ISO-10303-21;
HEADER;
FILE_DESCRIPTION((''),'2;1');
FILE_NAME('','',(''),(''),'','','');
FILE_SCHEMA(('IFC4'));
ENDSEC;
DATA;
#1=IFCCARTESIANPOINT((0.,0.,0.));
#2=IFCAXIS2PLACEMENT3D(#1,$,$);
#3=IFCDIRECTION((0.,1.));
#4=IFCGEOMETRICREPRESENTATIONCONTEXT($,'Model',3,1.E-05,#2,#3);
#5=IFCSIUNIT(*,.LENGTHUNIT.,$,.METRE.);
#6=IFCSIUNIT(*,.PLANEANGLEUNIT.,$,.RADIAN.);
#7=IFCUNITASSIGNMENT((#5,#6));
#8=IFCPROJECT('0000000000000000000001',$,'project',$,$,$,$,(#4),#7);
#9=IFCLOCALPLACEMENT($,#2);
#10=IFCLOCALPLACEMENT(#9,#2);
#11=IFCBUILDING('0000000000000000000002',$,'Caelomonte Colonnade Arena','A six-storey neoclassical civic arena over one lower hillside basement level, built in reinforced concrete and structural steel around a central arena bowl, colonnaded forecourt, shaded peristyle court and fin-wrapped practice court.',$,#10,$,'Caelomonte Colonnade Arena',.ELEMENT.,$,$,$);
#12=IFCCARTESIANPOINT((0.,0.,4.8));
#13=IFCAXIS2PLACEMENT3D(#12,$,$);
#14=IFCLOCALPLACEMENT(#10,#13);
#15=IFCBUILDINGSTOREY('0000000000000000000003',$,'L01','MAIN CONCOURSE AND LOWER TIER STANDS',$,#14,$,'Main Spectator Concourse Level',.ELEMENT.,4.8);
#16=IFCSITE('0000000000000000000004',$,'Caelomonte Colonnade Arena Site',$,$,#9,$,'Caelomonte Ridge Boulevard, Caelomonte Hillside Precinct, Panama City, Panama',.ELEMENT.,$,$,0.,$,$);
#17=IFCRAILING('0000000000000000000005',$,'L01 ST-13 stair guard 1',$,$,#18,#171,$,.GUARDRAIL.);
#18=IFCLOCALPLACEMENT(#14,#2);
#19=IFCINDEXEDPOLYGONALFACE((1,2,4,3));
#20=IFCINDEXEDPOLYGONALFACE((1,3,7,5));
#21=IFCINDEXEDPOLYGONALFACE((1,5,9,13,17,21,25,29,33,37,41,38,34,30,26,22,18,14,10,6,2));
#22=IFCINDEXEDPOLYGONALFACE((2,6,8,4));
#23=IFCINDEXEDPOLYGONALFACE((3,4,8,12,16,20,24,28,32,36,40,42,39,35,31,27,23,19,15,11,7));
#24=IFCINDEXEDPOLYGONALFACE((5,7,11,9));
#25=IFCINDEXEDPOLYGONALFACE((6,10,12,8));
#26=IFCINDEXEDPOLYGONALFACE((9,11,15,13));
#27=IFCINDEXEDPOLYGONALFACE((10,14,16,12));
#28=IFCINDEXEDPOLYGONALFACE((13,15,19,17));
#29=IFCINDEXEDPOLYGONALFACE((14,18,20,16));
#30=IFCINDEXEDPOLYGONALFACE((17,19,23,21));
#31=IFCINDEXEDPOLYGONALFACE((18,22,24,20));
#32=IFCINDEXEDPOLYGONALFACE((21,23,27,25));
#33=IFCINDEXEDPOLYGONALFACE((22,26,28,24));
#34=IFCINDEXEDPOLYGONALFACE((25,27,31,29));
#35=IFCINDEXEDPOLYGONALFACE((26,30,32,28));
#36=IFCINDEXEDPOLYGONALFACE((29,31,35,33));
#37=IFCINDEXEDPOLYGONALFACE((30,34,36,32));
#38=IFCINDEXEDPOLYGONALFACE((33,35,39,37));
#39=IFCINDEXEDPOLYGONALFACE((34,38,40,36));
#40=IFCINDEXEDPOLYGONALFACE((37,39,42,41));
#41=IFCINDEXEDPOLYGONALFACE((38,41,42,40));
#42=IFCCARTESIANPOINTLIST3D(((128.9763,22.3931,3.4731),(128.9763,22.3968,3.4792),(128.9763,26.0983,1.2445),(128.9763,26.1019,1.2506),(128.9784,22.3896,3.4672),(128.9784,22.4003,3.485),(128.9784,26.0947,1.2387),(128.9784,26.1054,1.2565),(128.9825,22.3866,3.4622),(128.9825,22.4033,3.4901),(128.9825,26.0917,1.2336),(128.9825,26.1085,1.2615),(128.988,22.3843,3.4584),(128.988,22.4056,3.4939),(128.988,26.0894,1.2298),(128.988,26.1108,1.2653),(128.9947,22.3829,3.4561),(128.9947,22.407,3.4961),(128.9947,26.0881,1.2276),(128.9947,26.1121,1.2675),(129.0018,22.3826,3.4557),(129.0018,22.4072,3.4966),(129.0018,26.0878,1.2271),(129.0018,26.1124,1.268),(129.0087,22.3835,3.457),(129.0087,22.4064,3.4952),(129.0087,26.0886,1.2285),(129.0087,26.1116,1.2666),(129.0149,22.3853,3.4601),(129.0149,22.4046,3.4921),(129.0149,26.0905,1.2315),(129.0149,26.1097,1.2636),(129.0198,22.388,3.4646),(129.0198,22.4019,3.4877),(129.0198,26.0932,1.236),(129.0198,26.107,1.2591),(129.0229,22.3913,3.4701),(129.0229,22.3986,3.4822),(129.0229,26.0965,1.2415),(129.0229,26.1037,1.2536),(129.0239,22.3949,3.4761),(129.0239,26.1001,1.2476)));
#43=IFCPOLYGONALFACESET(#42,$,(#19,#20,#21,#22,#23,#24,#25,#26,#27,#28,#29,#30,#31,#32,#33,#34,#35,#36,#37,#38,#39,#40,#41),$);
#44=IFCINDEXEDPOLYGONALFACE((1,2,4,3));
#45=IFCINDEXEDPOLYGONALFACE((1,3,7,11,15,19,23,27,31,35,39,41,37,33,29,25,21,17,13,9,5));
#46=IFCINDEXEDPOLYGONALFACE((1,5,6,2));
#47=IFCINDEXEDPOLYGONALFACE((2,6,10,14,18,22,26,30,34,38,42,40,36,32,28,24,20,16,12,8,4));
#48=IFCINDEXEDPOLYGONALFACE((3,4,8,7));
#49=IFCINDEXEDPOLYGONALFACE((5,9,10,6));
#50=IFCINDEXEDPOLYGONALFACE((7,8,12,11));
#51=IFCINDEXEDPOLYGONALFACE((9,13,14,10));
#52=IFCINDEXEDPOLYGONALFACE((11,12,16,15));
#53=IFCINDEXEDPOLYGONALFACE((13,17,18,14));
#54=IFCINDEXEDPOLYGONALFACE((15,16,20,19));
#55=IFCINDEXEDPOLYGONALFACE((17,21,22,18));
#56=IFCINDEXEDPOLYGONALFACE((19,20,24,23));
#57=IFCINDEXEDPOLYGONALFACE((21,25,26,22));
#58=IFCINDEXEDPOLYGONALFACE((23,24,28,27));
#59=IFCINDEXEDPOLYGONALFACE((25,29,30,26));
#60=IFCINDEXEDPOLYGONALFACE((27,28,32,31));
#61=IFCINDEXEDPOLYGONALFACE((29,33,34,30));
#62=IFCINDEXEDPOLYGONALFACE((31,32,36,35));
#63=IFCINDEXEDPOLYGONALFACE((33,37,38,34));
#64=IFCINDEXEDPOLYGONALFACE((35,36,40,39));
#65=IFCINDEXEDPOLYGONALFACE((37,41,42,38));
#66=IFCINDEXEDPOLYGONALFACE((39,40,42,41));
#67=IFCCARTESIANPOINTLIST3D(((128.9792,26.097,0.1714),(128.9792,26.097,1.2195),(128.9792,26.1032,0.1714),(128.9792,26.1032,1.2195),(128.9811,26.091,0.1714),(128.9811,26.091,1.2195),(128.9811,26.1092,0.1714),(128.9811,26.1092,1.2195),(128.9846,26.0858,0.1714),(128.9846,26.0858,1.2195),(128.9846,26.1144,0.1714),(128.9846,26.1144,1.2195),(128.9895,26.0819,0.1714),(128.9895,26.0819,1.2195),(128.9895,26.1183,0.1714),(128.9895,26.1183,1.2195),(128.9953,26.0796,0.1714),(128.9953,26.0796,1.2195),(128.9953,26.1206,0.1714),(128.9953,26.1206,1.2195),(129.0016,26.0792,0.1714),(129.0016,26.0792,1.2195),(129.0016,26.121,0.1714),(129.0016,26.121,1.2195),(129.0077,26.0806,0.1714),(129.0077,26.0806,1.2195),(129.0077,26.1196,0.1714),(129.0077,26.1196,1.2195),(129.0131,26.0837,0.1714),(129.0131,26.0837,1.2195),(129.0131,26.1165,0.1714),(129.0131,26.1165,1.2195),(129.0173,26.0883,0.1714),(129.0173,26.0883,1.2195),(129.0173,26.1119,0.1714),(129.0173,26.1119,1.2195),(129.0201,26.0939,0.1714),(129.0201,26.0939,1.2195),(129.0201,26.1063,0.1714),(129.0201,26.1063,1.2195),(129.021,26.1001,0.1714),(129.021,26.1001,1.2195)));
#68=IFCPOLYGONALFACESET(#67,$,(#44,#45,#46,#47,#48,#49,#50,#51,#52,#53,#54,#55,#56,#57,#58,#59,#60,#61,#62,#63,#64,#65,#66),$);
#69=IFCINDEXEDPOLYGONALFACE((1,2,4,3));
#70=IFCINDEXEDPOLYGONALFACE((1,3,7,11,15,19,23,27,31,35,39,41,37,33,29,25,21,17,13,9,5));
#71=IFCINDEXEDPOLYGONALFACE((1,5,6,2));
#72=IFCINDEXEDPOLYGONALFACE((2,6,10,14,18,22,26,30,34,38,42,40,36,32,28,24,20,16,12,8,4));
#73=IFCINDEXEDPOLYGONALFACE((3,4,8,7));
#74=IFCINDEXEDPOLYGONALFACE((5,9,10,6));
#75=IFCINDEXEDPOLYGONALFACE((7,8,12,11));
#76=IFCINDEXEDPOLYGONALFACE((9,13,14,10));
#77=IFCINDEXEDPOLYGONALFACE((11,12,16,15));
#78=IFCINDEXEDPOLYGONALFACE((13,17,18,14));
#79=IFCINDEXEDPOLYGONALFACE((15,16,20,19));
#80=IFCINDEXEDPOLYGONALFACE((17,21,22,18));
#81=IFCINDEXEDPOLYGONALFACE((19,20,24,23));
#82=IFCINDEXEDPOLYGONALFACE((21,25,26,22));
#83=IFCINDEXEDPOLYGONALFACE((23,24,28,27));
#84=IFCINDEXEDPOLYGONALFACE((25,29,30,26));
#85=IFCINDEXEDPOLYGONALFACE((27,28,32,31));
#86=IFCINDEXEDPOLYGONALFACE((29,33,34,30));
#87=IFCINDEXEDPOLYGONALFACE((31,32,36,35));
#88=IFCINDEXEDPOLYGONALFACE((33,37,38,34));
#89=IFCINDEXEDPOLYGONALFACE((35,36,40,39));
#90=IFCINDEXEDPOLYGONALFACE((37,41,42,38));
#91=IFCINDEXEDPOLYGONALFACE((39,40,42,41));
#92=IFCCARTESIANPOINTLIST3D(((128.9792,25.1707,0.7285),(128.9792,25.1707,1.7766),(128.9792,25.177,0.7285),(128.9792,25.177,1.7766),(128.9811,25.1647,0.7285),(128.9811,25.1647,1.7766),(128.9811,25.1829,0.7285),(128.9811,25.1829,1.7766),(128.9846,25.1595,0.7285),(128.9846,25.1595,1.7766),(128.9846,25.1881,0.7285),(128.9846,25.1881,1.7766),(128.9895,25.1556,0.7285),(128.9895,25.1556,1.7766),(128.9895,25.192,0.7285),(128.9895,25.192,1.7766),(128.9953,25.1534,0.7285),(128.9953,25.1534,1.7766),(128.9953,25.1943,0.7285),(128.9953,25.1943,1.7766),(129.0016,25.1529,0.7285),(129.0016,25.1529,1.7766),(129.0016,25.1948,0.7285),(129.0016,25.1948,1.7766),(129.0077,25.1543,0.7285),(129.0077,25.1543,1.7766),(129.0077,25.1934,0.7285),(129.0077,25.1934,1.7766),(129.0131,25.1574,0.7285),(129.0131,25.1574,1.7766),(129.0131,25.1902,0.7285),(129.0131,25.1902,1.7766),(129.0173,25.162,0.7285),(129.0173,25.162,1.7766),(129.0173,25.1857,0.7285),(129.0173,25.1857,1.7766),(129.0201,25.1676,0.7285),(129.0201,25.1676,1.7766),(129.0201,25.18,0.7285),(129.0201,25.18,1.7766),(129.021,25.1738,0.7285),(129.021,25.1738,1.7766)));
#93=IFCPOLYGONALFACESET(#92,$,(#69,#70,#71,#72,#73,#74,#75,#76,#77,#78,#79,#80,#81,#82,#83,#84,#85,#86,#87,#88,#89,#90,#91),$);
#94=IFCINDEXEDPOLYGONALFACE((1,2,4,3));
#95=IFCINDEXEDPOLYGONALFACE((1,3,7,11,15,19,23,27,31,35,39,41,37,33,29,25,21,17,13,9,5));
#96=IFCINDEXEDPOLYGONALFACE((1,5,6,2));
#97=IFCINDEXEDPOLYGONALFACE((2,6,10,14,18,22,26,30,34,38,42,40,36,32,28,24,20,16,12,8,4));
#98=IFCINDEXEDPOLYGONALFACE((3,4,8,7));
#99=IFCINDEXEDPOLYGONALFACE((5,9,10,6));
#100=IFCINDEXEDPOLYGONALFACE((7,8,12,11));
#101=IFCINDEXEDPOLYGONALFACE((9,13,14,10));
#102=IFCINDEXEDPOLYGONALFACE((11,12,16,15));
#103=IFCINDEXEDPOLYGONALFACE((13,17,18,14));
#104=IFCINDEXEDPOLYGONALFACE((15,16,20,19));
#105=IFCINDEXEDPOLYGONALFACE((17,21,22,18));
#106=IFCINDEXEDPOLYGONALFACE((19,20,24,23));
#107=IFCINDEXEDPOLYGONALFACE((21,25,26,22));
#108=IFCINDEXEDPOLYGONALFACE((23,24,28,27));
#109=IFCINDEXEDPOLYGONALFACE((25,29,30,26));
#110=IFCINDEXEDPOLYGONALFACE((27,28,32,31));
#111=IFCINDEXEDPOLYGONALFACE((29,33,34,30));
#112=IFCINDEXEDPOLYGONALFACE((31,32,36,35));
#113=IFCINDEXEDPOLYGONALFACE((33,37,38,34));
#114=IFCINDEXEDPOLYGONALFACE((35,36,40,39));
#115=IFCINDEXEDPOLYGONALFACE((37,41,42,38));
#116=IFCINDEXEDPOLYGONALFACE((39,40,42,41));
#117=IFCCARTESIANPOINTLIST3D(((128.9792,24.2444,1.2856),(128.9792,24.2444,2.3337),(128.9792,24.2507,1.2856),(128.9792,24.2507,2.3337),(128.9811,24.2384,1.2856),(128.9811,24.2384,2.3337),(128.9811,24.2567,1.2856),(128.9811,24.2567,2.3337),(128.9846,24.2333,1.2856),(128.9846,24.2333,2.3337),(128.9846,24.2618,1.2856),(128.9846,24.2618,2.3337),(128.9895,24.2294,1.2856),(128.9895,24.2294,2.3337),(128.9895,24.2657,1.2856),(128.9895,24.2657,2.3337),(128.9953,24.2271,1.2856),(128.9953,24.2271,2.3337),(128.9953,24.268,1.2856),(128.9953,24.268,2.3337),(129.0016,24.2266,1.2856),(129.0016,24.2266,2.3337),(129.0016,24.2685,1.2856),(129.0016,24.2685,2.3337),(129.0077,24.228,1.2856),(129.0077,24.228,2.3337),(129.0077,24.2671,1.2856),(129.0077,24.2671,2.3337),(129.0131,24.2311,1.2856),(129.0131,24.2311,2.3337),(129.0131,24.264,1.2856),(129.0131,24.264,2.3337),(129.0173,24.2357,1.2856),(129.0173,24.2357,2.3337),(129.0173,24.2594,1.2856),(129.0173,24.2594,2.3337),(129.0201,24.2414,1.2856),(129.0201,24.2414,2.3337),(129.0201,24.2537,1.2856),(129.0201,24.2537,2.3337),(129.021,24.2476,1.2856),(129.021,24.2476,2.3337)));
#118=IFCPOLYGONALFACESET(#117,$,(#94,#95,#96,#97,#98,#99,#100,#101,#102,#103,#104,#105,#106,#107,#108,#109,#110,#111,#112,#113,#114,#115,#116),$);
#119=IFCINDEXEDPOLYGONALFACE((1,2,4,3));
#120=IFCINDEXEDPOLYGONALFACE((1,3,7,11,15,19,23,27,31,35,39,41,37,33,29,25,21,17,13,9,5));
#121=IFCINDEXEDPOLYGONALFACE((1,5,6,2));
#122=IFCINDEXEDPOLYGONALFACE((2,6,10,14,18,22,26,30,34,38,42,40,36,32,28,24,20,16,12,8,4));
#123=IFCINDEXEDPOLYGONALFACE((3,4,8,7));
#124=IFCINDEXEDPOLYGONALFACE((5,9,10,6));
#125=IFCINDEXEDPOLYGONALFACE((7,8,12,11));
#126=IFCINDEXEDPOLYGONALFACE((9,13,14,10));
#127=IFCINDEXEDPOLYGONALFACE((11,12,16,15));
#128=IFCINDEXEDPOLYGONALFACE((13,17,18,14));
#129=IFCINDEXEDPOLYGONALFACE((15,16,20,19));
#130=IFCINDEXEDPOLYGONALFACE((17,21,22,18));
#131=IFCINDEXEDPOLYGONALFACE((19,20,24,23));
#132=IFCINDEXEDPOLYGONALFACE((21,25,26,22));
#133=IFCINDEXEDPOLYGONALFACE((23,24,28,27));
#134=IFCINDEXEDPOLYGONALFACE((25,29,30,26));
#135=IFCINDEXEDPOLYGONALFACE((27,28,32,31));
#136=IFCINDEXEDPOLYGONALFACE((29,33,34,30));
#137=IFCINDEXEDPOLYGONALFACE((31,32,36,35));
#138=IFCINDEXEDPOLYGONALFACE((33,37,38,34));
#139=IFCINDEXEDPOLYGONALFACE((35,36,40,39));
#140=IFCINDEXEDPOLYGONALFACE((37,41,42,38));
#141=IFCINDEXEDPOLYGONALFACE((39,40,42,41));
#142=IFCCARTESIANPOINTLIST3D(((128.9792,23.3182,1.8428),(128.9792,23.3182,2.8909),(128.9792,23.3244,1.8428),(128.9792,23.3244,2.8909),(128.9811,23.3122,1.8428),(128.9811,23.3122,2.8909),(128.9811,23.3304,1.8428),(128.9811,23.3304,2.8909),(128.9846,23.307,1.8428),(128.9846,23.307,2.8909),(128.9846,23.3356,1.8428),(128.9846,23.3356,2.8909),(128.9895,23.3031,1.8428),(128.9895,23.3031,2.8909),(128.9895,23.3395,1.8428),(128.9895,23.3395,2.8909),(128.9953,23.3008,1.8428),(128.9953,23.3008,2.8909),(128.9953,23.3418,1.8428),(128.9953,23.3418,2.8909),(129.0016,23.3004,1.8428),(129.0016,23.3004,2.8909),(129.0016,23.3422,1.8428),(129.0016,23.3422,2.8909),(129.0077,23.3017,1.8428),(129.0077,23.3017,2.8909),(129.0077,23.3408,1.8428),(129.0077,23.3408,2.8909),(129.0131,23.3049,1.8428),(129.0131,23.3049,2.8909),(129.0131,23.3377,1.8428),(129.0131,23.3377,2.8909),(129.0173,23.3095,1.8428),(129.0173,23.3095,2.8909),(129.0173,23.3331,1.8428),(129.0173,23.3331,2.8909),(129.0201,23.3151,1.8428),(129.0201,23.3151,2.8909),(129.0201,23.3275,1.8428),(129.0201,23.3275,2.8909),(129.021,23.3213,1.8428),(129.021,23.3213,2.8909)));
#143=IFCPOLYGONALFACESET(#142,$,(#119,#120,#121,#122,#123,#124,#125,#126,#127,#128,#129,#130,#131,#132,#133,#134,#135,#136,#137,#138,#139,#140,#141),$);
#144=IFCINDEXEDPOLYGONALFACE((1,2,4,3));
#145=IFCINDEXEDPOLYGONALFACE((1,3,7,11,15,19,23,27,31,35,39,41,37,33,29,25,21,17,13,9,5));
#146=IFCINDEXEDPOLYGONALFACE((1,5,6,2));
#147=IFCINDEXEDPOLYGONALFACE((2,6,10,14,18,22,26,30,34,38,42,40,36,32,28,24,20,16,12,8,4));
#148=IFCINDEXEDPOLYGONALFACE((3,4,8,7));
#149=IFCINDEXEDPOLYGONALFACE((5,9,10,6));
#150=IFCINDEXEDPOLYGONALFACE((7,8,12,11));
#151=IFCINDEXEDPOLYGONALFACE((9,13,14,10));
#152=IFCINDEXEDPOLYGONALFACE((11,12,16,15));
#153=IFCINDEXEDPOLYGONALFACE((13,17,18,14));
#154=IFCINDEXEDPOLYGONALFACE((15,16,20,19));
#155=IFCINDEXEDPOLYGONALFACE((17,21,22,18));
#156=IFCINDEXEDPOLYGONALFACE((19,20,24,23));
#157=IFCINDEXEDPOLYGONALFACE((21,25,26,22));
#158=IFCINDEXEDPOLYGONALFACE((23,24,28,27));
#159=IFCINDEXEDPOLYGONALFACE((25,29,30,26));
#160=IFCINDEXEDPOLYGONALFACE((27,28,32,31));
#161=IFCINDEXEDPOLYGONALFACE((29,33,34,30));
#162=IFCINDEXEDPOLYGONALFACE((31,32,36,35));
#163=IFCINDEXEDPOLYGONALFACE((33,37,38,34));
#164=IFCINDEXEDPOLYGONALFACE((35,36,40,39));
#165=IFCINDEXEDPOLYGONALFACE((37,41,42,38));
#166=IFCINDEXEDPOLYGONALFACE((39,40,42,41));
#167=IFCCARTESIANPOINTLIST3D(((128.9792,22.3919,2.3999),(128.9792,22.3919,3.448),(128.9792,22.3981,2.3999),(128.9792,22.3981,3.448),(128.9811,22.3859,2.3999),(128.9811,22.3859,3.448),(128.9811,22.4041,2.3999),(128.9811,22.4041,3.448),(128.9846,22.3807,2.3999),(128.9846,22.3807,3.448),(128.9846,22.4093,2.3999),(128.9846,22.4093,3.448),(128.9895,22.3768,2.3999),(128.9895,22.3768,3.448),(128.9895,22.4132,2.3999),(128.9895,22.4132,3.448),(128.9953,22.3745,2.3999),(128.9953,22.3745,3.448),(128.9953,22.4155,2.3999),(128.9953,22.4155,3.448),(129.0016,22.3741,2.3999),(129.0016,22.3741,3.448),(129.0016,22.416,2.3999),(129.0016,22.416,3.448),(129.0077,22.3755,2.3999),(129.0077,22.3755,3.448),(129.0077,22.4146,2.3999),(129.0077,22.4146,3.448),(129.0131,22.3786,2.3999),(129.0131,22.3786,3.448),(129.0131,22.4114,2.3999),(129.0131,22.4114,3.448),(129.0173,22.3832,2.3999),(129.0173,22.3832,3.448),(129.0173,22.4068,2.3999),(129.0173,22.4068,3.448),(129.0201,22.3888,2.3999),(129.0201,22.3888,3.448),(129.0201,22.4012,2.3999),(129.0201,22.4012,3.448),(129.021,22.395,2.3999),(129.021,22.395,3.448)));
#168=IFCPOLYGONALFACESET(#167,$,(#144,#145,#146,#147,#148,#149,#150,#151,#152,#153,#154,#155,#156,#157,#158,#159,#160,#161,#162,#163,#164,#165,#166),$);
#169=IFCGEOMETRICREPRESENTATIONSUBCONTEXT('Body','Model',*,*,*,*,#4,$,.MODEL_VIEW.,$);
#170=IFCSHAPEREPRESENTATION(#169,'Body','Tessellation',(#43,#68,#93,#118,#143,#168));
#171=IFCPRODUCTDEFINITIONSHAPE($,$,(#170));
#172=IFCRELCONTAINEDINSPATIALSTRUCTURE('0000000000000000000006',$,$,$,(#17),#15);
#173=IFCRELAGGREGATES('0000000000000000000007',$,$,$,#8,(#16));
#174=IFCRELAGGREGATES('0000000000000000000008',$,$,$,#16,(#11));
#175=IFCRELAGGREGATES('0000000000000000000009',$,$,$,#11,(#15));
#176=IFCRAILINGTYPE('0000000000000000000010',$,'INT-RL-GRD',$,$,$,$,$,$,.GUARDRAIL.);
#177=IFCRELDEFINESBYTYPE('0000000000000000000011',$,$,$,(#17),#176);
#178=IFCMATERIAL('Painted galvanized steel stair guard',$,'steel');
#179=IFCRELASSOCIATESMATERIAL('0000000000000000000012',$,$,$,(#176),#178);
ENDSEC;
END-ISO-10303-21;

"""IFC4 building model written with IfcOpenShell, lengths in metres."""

from ifc_helpers import new_model, si_unit, direction, frame, origin, origin_2d, place, context, subcontext, project, spatial, circle, extrude, material, type_object, element, save


model = new_model("IFC4")

# Units and contexts
model_context = context("Model", 3, precision=1e-05, world=origin(), true_north=direction((0.0, 1.0)))
body_context = subcontext(model_context, "Body", "Model", "MODEL_VIEW")
ifc_project = project(units=[si_unit("LENGTHUNIT", "METRE"), si_unit("PLANEANGLEUNIT", "RADIAN")], contexts=[model_context])

# Site, building, storey
site_placement = place(None, origin())
site = spatial("IfcSite", under=ifc_project, at=site_placement, Name="Caelomonte Colonnade Arena Site", LongName="Caelomonte Ridge Boulevard, Caelomonte Hillside Precinct, Panama City, Panama", CompositionType="ELEMENT", RefElevation=0.0)
building_placement = place(site_placement, origin())
building = spatial("IfcBuilding", under=site, at=building_placement, Name="Caelomonte Colonnade Arena", Description="A six-storey neoclassical civic arena over one lower hillside basement level, built in reinforced concrete and structural steel around a central arena bowl, colonnaded forecourt, shaded peristyle court and fin-wrapped practice court.", LongName="Caelomonte Colonnade Arena", CompositionType="ELEMENT")
storey_placement = place(building_placement, frame((0.0, 0.0, 4.8)))
storey = spatial("IfcBuildingStorey", under=building, at=storey_placement, Name="L01", Description="MAIN CONCOURSE AND LOWER TIER STANDS", LongName="Main Spectator Concourse Level", CompositionType="ELEMENT", Elevation=4.8)

# Railing
ifc_material_1 = material(Name="Painted galvanized steel stair guard", Category="steel")
railing_type_1 = type_object("IfcRailingType", Name="INT-RL-GRD", PredefinedType="GUARDRAIL", material=ifc_material_1)
railing_1_placement = place(storey_placement, frame((129.0, 26.1001, 0.1714)))
element("IfcRailing", 1, at=railing_1_placement, inside=storey, type_object=railing_type_1, Name="L01 ST-13 stair guard 1", PredefinedType="GUARDRAIL", context=body_context, shape_type="SweptSolid", body=[
    extrude(circle(Radius=0.0239, at=origin_2d()), frame((0.0, 0.0, 1.0762), z_axis=(0.0, -0.856934, 0.515425), x_axis=(1.0, 0.0, 0.0)), (0.0, 0.0, 1.0), 4.3237),
    extrude(circle(Radius=0.021, at=origin_2d()), origin(), (0.0, 0.0, 1.0), 1.0481),
    extrude(circle(Radius=0.021, at=origin_2d()), frame((0.0, -0.9263, 0.5571)), (0.0, 0.0, 1.0), 1.0481),
    extrude(circle(Radius=0.021, at=origin_2d()), frame((0.0, -1.8525, 1.1143)), (0.0, 0.0, 1.0), 1.0481),
    extrude(circle(Radius=0.021, at=origin_2d()), frame((0.0, -2.7788, 1.6714)), (0.0, 0.0, 1.0), 1.0481),
    extrude(circle(Radius=0.021, at=origin_2d()), frame((0.0, -3.7051, 2.2285)), (0.0, 0.0, 1.0), 1.0481),
])

save(model, "model.ifc")
